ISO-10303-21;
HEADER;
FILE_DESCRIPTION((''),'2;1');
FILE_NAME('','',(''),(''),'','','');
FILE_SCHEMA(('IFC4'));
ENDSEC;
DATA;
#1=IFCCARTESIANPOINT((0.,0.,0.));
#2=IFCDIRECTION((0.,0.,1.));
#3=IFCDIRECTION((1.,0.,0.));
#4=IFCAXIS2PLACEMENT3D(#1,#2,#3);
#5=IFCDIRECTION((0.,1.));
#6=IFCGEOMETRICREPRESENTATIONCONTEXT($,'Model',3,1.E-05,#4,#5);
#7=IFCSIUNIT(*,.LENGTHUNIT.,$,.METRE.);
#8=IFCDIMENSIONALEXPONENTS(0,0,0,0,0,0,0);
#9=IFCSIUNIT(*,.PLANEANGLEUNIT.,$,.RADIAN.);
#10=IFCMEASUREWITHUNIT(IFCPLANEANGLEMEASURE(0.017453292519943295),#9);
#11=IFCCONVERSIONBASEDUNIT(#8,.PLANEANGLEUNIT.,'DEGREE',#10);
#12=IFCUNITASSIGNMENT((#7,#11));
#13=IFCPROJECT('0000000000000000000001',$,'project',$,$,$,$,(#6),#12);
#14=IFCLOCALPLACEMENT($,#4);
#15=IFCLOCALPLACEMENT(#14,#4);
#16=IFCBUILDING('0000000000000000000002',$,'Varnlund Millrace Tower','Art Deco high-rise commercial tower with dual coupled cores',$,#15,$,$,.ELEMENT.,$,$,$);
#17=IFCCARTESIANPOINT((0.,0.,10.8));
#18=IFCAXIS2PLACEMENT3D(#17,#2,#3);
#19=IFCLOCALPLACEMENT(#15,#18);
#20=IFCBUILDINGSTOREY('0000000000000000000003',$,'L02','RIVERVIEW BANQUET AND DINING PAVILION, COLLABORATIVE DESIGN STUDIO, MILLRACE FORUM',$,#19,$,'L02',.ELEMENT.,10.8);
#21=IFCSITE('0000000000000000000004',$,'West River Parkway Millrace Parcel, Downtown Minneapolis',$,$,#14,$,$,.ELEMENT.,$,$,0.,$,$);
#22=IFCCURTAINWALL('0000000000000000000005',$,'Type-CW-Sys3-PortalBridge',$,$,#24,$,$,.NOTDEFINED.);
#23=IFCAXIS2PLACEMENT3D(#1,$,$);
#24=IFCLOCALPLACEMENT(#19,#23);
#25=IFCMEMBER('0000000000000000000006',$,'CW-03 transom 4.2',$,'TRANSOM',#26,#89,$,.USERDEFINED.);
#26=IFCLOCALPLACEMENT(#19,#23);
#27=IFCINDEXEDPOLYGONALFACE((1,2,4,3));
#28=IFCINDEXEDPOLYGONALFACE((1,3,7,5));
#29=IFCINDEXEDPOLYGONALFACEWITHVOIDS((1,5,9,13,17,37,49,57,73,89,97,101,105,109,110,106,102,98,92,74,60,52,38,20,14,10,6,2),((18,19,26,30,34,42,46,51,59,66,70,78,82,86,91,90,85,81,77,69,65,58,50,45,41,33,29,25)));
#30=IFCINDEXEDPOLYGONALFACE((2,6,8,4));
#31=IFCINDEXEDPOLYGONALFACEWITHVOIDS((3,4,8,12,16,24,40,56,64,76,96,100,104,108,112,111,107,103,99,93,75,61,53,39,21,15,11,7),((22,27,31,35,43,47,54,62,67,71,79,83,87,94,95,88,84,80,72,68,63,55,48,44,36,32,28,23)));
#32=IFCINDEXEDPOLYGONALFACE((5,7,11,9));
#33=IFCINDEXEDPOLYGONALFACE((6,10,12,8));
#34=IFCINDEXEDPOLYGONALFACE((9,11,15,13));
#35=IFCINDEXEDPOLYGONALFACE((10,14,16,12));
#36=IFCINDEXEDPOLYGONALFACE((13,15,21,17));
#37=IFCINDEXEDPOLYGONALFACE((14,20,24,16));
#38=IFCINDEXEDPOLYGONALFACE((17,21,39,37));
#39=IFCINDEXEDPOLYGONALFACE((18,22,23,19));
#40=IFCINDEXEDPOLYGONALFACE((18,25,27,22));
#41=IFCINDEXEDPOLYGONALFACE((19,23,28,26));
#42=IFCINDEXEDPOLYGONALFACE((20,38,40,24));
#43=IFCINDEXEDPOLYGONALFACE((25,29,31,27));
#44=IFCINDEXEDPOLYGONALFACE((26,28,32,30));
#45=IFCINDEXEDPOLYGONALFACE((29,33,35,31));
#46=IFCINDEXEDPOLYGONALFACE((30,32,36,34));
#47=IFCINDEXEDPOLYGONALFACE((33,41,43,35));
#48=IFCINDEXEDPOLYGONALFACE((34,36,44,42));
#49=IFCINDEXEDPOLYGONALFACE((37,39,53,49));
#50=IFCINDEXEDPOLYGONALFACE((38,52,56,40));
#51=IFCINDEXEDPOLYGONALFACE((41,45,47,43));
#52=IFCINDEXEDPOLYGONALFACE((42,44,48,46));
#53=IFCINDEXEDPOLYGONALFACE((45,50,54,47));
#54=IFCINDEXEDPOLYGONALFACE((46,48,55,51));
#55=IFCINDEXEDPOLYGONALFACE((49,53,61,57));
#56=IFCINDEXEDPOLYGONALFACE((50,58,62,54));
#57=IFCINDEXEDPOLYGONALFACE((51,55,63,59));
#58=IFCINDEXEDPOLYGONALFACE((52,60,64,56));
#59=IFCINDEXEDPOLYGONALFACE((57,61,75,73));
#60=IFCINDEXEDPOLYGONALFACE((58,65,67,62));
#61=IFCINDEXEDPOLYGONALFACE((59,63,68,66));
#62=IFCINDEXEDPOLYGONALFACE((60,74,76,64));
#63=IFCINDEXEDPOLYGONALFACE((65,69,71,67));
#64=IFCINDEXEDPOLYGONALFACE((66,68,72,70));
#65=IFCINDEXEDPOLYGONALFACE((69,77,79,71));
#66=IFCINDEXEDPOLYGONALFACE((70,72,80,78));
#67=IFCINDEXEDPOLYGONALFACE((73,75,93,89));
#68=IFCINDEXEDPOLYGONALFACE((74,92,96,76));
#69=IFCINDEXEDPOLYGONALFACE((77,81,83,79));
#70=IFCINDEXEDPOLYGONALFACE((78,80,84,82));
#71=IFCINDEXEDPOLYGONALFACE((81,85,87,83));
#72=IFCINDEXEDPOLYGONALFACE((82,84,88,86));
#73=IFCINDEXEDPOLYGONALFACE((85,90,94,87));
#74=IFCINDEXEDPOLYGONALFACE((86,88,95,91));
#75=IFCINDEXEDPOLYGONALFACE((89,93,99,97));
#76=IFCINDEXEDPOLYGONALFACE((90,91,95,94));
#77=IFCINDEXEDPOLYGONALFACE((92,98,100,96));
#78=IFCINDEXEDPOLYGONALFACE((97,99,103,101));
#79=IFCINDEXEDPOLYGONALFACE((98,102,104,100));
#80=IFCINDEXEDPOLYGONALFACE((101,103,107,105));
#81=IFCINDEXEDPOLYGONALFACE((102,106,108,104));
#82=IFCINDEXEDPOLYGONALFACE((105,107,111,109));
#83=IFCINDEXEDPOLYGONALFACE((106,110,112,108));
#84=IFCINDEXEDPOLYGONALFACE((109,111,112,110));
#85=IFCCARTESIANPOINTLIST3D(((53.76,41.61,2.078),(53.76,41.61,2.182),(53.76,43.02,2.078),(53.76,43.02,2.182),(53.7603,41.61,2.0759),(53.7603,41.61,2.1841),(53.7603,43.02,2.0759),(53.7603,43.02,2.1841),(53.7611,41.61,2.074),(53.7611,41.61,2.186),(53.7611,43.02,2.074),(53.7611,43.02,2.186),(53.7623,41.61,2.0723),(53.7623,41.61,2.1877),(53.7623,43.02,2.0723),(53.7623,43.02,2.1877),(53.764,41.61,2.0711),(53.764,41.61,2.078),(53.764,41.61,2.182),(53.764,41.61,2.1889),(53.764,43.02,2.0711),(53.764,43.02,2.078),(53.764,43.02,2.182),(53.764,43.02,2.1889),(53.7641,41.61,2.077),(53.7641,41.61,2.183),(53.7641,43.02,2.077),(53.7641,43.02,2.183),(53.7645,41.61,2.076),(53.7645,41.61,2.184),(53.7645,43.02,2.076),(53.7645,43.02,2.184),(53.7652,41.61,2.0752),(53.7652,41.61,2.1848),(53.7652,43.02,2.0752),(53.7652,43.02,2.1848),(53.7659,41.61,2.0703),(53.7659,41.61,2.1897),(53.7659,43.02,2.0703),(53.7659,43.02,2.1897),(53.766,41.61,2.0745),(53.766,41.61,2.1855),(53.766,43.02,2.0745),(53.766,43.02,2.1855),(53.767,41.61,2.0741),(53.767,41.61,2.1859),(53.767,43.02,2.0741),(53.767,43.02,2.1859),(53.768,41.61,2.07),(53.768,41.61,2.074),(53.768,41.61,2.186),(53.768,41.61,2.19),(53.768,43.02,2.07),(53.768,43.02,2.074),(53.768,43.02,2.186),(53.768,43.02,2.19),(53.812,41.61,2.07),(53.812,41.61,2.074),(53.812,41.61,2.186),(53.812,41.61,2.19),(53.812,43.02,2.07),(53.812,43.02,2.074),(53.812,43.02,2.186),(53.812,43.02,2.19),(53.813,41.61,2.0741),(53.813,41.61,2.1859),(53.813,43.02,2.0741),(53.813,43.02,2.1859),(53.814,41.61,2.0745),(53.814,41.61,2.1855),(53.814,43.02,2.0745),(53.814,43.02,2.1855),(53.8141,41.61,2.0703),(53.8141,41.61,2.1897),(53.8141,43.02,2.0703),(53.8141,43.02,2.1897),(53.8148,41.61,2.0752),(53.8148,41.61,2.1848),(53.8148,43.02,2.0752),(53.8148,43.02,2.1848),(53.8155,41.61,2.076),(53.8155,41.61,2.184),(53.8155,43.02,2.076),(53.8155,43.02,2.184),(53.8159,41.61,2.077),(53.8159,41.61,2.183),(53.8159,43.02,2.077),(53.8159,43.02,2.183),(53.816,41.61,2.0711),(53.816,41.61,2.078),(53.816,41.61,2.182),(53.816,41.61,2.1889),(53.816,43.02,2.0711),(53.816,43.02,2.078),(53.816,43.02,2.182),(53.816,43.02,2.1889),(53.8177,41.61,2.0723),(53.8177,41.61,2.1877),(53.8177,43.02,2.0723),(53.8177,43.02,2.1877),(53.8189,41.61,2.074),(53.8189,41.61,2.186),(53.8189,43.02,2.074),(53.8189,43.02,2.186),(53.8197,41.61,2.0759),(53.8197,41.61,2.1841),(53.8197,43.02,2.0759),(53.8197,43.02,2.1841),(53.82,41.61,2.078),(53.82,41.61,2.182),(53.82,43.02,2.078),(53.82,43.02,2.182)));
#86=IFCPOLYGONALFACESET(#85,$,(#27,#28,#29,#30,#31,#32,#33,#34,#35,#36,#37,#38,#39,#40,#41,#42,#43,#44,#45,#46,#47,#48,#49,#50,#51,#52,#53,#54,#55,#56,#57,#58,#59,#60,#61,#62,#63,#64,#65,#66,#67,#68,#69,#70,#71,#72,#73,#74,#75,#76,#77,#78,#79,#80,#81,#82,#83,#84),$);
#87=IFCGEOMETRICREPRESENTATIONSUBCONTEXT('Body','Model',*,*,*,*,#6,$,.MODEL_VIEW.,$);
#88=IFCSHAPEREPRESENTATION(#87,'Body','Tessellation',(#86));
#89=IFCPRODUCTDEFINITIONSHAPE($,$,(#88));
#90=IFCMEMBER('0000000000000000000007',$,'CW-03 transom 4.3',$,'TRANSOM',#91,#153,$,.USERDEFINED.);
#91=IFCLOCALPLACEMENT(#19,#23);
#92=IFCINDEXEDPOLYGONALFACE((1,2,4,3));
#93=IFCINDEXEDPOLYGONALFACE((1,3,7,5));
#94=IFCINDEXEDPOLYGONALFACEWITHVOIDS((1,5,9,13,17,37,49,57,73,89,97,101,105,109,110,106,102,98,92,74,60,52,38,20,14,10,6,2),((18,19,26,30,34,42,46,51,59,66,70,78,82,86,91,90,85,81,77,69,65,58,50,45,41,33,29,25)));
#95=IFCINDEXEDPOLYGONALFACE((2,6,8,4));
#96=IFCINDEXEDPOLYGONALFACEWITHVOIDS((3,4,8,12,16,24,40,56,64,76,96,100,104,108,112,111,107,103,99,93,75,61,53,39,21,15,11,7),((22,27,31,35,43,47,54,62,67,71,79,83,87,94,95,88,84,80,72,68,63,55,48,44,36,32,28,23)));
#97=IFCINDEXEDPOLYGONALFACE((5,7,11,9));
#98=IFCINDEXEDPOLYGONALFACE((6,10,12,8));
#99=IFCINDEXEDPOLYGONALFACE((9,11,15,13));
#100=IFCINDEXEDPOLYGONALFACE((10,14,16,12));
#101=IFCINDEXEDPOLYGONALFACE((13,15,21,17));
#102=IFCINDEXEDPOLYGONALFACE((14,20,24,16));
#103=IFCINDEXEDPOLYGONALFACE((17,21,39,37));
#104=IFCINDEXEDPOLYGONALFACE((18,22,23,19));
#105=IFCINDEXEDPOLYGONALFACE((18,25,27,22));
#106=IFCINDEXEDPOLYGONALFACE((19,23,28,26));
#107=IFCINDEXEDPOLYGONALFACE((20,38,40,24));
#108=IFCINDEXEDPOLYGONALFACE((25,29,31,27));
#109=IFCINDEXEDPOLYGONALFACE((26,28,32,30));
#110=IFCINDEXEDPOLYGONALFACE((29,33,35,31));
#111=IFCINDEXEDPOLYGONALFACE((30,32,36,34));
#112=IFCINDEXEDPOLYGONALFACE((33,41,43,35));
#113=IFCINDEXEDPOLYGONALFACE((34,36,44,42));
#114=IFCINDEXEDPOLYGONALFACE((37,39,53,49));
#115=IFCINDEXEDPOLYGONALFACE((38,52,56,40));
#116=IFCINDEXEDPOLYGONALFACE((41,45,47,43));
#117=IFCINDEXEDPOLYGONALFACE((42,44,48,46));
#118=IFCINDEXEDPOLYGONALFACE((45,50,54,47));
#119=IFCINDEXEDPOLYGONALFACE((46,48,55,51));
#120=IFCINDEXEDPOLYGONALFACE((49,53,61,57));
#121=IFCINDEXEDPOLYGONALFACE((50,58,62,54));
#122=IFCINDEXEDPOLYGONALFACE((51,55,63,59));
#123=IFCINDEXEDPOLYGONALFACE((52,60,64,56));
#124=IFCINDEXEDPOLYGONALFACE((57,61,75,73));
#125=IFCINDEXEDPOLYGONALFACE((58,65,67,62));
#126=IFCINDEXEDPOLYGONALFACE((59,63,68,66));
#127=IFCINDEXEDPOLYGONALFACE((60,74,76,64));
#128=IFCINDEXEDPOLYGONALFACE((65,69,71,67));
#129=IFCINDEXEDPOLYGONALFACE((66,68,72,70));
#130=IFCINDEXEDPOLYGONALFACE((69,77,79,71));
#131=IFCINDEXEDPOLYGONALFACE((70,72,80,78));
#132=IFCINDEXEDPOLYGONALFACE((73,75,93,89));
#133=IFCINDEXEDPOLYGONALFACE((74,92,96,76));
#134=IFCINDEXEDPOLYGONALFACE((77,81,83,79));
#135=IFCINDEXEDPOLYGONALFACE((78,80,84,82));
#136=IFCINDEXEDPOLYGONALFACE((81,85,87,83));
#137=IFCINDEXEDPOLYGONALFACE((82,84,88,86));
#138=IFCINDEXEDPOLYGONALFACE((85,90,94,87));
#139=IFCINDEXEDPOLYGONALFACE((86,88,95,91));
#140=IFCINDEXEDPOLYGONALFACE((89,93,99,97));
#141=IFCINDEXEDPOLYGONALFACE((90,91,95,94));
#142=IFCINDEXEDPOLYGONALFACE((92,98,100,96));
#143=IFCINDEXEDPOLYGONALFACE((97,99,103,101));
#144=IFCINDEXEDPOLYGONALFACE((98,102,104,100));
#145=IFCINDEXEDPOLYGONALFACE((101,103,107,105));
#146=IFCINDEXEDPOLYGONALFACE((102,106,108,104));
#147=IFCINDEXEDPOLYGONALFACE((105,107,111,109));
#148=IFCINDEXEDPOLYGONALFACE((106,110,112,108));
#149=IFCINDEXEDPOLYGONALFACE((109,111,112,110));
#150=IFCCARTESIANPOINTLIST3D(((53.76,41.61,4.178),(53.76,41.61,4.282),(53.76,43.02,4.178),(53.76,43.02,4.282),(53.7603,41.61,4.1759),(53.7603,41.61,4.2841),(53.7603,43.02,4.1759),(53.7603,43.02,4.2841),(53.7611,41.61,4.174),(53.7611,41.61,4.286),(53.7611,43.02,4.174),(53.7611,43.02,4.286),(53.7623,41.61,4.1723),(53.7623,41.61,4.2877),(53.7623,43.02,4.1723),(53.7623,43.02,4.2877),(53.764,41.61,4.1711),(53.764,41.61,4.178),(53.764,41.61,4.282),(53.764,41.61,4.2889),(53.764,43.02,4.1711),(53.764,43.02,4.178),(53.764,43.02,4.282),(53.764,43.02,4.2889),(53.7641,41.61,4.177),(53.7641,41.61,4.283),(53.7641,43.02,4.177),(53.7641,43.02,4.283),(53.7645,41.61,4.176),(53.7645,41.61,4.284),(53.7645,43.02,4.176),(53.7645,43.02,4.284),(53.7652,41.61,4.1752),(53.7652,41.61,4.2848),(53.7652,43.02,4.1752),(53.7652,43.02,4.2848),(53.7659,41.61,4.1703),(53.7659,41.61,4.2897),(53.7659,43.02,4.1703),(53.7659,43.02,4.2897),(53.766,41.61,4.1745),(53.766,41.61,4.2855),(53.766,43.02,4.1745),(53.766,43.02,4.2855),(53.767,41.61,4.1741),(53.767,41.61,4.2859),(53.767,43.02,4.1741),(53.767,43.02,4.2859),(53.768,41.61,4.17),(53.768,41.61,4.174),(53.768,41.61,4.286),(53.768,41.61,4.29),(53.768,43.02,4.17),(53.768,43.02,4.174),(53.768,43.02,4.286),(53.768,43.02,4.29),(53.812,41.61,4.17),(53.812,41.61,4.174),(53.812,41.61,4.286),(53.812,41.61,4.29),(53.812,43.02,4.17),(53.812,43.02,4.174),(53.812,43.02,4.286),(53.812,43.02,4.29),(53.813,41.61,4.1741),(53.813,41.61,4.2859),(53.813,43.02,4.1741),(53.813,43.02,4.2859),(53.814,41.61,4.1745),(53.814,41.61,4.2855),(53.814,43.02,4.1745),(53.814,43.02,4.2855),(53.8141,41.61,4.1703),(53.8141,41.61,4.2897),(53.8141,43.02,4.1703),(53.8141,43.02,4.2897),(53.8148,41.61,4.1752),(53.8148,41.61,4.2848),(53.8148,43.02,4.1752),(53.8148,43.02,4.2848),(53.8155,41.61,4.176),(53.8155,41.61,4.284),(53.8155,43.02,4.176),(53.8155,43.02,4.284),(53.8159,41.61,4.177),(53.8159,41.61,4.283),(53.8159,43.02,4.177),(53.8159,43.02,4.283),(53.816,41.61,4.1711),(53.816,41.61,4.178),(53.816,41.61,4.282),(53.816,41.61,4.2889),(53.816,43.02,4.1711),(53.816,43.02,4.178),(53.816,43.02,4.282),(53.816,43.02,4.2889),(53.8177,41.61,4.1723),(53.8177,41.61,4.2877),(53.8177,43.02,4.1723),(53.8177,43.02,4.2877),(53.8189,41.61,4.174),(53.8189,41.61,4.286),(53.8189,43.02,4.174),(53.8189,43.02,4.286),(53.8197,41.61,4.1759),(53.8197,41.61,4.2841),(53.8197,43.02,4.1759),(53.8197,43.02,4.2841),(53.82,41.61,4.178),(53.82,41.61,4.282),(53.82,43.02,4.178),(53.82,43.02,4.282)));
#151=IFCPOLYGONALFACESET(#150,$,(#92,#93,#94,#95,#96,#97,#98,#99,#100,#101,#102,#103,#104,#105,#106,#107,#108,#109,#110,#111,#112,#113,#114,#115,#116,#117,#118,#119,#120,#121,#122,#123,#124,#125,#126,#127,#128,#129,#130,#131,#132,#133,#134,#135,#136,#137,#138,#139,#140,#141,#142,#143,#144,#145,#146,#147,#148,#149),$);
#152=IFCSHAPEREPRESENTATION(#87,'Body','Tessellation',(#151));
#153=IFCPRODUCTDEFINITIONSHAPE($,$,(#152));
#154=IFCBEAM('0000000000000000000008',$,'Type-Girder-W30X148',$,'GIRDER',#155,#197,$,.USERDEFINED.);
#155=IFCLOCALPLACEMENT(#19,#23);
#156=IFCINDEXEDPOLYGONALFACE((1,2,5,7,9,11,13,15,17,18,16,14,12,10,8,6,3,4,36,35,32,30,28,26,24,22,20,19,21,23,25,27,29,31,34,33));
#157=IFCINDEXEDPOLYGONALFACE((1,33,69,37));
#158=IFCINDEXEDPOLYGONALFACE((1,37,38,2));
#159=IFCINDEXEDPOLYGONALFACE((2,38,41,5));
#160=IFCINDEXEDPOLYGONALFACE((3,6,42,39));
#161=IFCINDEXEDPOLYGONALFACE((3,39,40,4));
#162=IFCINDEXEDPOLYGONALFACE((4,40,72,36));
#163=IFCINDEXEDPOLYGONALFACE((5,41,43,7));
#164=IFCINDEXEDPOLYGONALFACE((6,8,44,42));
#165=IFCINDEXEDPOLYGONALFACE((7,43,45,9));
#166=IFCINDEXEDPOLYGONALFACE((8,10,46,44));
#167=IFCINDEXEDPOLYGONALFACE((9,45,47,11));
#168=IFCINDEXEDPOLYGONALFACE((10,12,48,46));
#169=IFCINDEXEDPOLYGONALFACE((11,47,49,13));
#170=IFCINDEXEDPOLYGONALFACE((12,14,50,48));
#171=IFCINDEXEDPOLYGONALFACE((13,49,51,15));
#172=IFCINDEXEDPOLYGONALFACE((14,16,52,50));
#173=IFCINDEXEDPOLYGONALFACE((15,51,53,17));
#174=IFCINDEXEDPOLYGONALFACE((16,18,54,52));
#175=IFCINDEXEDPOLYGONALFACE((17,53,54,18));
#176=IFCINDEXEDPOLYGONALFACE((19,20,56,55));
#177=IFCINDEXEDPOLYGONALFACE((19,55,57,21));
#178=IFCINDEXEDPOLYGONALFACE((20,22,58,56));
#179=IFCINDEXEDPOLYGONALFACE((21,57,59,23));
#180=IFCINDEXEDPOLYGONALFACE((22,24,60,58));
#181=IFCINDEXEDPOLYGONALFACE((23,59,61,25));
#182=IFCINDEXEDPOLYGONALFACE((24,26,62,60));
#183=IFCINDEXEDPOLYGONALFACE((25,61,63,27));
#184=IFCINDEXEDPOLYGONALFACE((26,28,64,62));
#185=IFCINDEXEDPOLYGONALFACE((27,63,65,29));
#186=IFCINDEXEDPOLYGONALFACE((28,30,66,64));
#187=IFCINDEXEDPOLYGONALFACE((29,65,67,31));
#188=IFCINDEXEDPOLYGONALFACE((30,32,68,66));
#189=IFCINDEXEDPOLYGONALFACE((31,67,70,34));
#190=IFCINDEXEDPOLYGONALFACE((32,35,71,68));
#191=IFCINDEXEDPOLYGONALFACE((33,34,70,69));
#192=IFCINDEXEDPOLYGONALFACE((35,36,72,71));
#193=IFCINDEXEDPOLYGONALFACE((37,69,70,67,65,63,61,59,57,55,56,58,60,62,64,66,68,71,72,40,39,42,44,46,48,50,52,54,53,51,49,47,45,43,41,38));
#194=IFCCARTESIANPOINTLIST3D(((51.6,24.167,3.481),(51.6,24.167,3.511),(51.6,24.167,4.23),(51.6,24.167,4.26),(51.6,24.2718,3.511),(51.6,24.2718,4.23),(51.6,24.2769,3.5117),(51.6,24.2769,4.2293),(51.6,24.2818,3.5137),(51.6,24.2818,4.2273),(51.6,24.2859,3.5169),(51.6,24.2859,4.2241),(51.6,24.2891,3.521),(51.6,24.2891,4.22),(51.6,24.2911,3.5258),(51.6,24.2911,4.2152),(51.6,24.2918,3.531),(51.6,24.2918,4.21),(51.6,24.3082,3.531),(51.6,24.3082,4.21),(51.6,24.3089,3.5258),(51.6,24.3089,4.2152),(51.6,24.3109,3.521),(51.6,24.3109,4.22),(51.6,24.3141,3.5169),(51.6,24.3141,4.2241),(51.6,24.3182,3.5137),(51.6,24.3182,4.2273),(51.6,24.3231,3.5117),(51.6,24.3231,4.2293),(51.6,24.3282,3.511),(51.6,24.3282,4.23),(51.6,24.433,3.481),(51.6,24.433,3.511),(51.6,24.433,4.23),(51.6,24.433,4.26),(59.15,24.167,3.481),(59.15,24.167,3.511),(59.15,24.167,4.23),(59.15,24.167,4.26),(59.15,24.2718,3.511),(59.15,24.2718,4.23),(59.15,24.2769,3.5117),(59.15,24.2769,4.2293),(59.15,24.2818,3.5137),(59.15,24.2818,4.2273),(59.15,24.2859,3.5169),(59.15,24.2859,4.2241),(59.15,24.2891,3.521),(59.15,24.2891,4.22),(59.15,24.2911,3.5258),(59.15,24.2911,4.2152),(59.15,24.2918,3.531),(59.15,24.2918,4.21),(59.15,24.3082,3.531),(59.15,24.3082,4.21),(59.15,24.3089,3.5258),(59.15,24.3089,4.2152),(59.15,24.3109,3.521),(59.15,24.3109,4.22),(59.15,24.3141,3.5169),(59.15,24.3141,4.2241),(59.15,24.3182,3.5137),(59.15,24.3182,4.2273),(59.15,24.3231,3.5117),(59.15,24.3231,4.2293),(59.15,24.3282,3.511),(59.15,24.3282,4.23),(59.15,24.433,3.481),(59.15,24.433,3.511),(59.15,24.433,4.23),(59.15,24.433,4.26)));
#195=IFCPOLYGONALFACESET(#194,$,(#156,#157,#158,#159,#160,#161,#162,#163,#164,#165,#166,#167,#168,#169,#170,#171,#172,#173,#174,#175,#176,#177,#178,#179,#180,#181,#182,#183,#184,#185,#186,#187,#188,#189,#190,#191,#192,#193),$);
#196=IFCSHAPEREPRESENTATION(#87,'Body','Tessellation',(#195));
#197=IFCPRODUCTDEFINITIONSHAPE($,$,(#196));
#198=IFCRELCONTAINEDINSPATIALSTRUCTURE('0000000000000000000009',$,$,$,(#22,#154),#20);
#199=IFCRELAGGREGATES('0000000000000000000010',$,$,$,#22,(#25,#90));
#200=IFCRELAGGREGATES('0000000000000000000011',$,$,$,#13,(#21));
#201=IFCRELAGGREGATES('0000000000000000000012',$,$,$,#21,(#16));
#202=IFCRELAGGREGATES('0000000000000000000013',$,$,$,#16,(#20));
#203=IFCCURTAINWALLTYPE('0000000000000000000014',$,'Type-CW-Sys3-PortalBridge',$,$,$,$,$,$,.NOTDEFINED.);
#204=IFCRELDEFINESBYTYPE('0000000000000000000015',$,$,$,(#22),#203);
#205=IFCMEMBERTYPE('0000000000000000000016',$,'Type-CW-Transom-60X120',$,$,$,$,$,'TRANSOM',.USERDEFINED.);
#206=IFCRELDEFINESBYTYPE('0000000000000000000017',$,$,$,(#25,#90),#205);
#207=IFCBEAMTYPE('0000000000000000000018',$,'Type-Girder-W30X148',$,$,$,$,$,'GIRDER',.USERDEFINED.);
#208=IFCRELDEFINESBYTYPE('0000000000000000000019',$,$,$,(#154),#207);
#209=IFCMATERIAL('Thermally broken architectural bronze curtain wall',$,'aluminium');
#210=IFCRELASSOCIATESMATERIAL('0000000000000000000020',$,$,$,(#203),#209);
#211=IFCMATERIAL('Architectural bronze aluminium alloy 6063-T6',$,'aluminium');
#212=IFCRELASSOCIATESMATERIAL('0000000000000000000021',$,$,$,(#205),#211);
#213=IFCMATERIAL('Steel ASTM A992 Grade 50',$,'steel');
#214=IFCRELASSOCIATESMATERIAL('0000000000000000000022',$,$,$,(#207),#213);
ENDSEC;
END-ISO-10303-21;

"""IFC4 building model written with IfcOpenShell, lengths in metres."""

from ifc_helpers import new_model, entity, si_unit, converted_unit, direction, frame, origin_with_axes, origin_2d_with_axis, place, context, subcontext, project, spatial, hollow_rectangle, i_section, extrude, material, material_profile, profile_set, type_object, element, aggregate, save


model = new_model("IFC4")

# Units and contexts
model_context = context("Model", 3, precision=1e-05, world=origin_with_axes(), true_north=direction((0.0, 1.0)))
body_context = subcontext(model_context, "Body", "Model", "MODEL_VIEW")
ifc_project = project(units=[si_unit("LENGTHUNIT", "METRE"), converted_unit("PLANEANGLEUNIT", "DEGREE", entity("IfcPlaneAngleMeasure", 0.017453292519943295), si_unit("PLANEANGLEUNIT", "RADIAN"), dimensions=[0, 0, 0, 0, 0, 0, 0])], contexts=[model_context])

# Site, building, storey
site_placement = place(None, origin_with_axes())
site = spatial("IfcSite", under=ifc_project, at=site_placement, Name="West River Parkway Millrace Parcel, Downtown Minneapolis", CompositionType="ELEMENT", RefElevation=0.0)
building_placement = place(site_placement, origin_with_axes())
building = spatial("IfcBuilding", under=site, at=building_placement, Name="Varnlund Millrace Tower", Description="Art Deco high-rise commercial tower with dual coupled cores", CompositionType="ELEMENT")
storey_placement = place(building_placement, frame((0.0, 0.0, 10.8), z_axis=(0.0, 0.0, 1.0), x_axis=(1.0, 0.0, 0.0)))
storey = spatial("IfcBuildingStorey", under=building, at=storey_placement, Name="L02", Description="RIVERVIEW BANQUET AND DINING PAVILION, COLLABORATIVE DESIGN STUDIO, MILLRACE FORUM", LongName="L02", CompositionType="ELEMENT", Elevation=10.8)

# Curtain wall, members
ifc_material_1 = material(Name="Thermally broken architectural bronze curtain wall", Category="aluminium")
curtain_wall_type = type_object("IfcCurtainWallType", Name="Type-CW-Sys3-PortalBridge", PredefinedType="NOTDEFINED", material=ifc_material_1)
curtain_wall_placement = place(storey_placement, frame((53.79, 47.55, 0.0), z_axis=(0.0, 0.0, 1.0), x_axis=(1.0, 0.0, 0.0)))
curtain_wall = element("IfcCurtainWall", 1, at=curtain_wall_placement, inside=storey, type_object=curtain_wall_type, Name="Type-CW-Sys3-PortalBridge", PredefinedType="NOTDEFINED")
ifc_material_2 = material(Name="Architectural bronze aluminium alloy 6063-T6", Category="aluminium")
ifc_material_profile_1 = material_profile(ifc_material_2, hollow_rectangle(XDim=0.06, YDim=0.12, WallThickness=0.004, InnerFilletRadius=0.004, OuterFilletRadius=0.008, at=origin_2d_with_axis()), Name="Architectural bronze aluminium alloy 6063-T6")
ifc_profile_set_1 = profile_set([ifc_material_profile_1], Name="Architectural bronze aluminium alloy 6063-T6")
member_type_1 = type_object("IfcMemberType", Name="Type-CW-Transom-60X120", ElementType="TRANSOM", PredefinedType="USERDEFINED", material=ifc_profile_set_1)
member_1_placement = place(storey_placement, frame((53.79, 43.02, 2.13), z_axis=(0.0, -1.0, 0.0), x_axis=(1.0, 0.0, 0.0)))
member_1 = element("IfcMember", 2, at=member_1_placement, type_object=member_type_1, Name="CW-03 transom 4.2", ObjectType="TRANSOM", PredefinedType="USERDEFINED", context=body_context, shape_type="SweptSolid", body=[
    extrude(hollow_rectangle(XDim=0.06, YDim=0.12, WallThickness=0.004, InnerFilletRadius=0.004, OuterFilletRadius=0.008, at=origin_2d_with_axis()), origin_with_axes(), (0.0, 0.0, 1.0), 1.41),
])
member_2_placement = place(storey_placement, frame((53.79, 43.02, 4.23), z_axis=(0.0, -1.0, 0.0), x_axis=(1.0, 0.0, 0.0)))
member_2 = element("IfcMember", 3, at=member_2_placement, type_object=member_type_1, Name="CW-03 transom 4.3", ObjectType="TRANSOM", PredefinedType="USERDEFINED", context=body_context, shape_type="SweptSolid", body=[
    extrude(hollow_rectangle(XDim=0.06, YDim=0.12, WallThickness=0.004, InnerFilletRadius=0.004, OuterFilletRadius=0.008, at=origin_2d_with_axis()), origin_with_axes(), (0.0, 0.0, 1.0), 1.41),
])

# Beam
ifc_material_3 = material(Name="Steel ASTM A992 Grade 50", Category="steel")
ifc_material_profile_2 = material_profile(ifc_material_3, i_section(OverallWidth=0.266, OverallDepth=0.779, WebThickness=0.0165, FlangeThickness=0.03, FilletRadius=0.02, at=origin_2d_with_axis()), Name="Steel ASTM A992 Grade 50")
ifc_profile_set_2 = profile_set([ifc_material_profile_2], Name="Steel ASTM A992 Grade 50")
beam_type = type_object("IfcBeamType", Name="Type-Girder-W30X148", ElementType="GIRDER", PredefinedType="USERDEFINED", material=ifc_profile_set_2)
beam_1_placement = place(storey_placement, frame((51.6, 24.3, 3.8705), z_axis=(1.0, 0.0, 0.0), x_axis=(0.0, 1.0, 0.0)))
element("IfcBeam", 4, at=beam_1_placement, inside=storey, type_object=beam_type, Name="Type-Girder-W30X148", ObjectType="GIRDER", PredefinedType="USERDEFINED", context=body_context, shape_type="SweptSolid", body=[
    extrude(i_section(OverallWidth=0.266, OverallDepth=0.779, WebThickness=0.0165, FlangeThickness=0.03, FilletRadius=0.02, at=origin_2d_with_axis()), origin_with_axes(), (0.0, 0.0, 1.0), 7.55),
])

aggregate(curtain_wall, [member_1, member_2])

save(model, "model.ifc")
